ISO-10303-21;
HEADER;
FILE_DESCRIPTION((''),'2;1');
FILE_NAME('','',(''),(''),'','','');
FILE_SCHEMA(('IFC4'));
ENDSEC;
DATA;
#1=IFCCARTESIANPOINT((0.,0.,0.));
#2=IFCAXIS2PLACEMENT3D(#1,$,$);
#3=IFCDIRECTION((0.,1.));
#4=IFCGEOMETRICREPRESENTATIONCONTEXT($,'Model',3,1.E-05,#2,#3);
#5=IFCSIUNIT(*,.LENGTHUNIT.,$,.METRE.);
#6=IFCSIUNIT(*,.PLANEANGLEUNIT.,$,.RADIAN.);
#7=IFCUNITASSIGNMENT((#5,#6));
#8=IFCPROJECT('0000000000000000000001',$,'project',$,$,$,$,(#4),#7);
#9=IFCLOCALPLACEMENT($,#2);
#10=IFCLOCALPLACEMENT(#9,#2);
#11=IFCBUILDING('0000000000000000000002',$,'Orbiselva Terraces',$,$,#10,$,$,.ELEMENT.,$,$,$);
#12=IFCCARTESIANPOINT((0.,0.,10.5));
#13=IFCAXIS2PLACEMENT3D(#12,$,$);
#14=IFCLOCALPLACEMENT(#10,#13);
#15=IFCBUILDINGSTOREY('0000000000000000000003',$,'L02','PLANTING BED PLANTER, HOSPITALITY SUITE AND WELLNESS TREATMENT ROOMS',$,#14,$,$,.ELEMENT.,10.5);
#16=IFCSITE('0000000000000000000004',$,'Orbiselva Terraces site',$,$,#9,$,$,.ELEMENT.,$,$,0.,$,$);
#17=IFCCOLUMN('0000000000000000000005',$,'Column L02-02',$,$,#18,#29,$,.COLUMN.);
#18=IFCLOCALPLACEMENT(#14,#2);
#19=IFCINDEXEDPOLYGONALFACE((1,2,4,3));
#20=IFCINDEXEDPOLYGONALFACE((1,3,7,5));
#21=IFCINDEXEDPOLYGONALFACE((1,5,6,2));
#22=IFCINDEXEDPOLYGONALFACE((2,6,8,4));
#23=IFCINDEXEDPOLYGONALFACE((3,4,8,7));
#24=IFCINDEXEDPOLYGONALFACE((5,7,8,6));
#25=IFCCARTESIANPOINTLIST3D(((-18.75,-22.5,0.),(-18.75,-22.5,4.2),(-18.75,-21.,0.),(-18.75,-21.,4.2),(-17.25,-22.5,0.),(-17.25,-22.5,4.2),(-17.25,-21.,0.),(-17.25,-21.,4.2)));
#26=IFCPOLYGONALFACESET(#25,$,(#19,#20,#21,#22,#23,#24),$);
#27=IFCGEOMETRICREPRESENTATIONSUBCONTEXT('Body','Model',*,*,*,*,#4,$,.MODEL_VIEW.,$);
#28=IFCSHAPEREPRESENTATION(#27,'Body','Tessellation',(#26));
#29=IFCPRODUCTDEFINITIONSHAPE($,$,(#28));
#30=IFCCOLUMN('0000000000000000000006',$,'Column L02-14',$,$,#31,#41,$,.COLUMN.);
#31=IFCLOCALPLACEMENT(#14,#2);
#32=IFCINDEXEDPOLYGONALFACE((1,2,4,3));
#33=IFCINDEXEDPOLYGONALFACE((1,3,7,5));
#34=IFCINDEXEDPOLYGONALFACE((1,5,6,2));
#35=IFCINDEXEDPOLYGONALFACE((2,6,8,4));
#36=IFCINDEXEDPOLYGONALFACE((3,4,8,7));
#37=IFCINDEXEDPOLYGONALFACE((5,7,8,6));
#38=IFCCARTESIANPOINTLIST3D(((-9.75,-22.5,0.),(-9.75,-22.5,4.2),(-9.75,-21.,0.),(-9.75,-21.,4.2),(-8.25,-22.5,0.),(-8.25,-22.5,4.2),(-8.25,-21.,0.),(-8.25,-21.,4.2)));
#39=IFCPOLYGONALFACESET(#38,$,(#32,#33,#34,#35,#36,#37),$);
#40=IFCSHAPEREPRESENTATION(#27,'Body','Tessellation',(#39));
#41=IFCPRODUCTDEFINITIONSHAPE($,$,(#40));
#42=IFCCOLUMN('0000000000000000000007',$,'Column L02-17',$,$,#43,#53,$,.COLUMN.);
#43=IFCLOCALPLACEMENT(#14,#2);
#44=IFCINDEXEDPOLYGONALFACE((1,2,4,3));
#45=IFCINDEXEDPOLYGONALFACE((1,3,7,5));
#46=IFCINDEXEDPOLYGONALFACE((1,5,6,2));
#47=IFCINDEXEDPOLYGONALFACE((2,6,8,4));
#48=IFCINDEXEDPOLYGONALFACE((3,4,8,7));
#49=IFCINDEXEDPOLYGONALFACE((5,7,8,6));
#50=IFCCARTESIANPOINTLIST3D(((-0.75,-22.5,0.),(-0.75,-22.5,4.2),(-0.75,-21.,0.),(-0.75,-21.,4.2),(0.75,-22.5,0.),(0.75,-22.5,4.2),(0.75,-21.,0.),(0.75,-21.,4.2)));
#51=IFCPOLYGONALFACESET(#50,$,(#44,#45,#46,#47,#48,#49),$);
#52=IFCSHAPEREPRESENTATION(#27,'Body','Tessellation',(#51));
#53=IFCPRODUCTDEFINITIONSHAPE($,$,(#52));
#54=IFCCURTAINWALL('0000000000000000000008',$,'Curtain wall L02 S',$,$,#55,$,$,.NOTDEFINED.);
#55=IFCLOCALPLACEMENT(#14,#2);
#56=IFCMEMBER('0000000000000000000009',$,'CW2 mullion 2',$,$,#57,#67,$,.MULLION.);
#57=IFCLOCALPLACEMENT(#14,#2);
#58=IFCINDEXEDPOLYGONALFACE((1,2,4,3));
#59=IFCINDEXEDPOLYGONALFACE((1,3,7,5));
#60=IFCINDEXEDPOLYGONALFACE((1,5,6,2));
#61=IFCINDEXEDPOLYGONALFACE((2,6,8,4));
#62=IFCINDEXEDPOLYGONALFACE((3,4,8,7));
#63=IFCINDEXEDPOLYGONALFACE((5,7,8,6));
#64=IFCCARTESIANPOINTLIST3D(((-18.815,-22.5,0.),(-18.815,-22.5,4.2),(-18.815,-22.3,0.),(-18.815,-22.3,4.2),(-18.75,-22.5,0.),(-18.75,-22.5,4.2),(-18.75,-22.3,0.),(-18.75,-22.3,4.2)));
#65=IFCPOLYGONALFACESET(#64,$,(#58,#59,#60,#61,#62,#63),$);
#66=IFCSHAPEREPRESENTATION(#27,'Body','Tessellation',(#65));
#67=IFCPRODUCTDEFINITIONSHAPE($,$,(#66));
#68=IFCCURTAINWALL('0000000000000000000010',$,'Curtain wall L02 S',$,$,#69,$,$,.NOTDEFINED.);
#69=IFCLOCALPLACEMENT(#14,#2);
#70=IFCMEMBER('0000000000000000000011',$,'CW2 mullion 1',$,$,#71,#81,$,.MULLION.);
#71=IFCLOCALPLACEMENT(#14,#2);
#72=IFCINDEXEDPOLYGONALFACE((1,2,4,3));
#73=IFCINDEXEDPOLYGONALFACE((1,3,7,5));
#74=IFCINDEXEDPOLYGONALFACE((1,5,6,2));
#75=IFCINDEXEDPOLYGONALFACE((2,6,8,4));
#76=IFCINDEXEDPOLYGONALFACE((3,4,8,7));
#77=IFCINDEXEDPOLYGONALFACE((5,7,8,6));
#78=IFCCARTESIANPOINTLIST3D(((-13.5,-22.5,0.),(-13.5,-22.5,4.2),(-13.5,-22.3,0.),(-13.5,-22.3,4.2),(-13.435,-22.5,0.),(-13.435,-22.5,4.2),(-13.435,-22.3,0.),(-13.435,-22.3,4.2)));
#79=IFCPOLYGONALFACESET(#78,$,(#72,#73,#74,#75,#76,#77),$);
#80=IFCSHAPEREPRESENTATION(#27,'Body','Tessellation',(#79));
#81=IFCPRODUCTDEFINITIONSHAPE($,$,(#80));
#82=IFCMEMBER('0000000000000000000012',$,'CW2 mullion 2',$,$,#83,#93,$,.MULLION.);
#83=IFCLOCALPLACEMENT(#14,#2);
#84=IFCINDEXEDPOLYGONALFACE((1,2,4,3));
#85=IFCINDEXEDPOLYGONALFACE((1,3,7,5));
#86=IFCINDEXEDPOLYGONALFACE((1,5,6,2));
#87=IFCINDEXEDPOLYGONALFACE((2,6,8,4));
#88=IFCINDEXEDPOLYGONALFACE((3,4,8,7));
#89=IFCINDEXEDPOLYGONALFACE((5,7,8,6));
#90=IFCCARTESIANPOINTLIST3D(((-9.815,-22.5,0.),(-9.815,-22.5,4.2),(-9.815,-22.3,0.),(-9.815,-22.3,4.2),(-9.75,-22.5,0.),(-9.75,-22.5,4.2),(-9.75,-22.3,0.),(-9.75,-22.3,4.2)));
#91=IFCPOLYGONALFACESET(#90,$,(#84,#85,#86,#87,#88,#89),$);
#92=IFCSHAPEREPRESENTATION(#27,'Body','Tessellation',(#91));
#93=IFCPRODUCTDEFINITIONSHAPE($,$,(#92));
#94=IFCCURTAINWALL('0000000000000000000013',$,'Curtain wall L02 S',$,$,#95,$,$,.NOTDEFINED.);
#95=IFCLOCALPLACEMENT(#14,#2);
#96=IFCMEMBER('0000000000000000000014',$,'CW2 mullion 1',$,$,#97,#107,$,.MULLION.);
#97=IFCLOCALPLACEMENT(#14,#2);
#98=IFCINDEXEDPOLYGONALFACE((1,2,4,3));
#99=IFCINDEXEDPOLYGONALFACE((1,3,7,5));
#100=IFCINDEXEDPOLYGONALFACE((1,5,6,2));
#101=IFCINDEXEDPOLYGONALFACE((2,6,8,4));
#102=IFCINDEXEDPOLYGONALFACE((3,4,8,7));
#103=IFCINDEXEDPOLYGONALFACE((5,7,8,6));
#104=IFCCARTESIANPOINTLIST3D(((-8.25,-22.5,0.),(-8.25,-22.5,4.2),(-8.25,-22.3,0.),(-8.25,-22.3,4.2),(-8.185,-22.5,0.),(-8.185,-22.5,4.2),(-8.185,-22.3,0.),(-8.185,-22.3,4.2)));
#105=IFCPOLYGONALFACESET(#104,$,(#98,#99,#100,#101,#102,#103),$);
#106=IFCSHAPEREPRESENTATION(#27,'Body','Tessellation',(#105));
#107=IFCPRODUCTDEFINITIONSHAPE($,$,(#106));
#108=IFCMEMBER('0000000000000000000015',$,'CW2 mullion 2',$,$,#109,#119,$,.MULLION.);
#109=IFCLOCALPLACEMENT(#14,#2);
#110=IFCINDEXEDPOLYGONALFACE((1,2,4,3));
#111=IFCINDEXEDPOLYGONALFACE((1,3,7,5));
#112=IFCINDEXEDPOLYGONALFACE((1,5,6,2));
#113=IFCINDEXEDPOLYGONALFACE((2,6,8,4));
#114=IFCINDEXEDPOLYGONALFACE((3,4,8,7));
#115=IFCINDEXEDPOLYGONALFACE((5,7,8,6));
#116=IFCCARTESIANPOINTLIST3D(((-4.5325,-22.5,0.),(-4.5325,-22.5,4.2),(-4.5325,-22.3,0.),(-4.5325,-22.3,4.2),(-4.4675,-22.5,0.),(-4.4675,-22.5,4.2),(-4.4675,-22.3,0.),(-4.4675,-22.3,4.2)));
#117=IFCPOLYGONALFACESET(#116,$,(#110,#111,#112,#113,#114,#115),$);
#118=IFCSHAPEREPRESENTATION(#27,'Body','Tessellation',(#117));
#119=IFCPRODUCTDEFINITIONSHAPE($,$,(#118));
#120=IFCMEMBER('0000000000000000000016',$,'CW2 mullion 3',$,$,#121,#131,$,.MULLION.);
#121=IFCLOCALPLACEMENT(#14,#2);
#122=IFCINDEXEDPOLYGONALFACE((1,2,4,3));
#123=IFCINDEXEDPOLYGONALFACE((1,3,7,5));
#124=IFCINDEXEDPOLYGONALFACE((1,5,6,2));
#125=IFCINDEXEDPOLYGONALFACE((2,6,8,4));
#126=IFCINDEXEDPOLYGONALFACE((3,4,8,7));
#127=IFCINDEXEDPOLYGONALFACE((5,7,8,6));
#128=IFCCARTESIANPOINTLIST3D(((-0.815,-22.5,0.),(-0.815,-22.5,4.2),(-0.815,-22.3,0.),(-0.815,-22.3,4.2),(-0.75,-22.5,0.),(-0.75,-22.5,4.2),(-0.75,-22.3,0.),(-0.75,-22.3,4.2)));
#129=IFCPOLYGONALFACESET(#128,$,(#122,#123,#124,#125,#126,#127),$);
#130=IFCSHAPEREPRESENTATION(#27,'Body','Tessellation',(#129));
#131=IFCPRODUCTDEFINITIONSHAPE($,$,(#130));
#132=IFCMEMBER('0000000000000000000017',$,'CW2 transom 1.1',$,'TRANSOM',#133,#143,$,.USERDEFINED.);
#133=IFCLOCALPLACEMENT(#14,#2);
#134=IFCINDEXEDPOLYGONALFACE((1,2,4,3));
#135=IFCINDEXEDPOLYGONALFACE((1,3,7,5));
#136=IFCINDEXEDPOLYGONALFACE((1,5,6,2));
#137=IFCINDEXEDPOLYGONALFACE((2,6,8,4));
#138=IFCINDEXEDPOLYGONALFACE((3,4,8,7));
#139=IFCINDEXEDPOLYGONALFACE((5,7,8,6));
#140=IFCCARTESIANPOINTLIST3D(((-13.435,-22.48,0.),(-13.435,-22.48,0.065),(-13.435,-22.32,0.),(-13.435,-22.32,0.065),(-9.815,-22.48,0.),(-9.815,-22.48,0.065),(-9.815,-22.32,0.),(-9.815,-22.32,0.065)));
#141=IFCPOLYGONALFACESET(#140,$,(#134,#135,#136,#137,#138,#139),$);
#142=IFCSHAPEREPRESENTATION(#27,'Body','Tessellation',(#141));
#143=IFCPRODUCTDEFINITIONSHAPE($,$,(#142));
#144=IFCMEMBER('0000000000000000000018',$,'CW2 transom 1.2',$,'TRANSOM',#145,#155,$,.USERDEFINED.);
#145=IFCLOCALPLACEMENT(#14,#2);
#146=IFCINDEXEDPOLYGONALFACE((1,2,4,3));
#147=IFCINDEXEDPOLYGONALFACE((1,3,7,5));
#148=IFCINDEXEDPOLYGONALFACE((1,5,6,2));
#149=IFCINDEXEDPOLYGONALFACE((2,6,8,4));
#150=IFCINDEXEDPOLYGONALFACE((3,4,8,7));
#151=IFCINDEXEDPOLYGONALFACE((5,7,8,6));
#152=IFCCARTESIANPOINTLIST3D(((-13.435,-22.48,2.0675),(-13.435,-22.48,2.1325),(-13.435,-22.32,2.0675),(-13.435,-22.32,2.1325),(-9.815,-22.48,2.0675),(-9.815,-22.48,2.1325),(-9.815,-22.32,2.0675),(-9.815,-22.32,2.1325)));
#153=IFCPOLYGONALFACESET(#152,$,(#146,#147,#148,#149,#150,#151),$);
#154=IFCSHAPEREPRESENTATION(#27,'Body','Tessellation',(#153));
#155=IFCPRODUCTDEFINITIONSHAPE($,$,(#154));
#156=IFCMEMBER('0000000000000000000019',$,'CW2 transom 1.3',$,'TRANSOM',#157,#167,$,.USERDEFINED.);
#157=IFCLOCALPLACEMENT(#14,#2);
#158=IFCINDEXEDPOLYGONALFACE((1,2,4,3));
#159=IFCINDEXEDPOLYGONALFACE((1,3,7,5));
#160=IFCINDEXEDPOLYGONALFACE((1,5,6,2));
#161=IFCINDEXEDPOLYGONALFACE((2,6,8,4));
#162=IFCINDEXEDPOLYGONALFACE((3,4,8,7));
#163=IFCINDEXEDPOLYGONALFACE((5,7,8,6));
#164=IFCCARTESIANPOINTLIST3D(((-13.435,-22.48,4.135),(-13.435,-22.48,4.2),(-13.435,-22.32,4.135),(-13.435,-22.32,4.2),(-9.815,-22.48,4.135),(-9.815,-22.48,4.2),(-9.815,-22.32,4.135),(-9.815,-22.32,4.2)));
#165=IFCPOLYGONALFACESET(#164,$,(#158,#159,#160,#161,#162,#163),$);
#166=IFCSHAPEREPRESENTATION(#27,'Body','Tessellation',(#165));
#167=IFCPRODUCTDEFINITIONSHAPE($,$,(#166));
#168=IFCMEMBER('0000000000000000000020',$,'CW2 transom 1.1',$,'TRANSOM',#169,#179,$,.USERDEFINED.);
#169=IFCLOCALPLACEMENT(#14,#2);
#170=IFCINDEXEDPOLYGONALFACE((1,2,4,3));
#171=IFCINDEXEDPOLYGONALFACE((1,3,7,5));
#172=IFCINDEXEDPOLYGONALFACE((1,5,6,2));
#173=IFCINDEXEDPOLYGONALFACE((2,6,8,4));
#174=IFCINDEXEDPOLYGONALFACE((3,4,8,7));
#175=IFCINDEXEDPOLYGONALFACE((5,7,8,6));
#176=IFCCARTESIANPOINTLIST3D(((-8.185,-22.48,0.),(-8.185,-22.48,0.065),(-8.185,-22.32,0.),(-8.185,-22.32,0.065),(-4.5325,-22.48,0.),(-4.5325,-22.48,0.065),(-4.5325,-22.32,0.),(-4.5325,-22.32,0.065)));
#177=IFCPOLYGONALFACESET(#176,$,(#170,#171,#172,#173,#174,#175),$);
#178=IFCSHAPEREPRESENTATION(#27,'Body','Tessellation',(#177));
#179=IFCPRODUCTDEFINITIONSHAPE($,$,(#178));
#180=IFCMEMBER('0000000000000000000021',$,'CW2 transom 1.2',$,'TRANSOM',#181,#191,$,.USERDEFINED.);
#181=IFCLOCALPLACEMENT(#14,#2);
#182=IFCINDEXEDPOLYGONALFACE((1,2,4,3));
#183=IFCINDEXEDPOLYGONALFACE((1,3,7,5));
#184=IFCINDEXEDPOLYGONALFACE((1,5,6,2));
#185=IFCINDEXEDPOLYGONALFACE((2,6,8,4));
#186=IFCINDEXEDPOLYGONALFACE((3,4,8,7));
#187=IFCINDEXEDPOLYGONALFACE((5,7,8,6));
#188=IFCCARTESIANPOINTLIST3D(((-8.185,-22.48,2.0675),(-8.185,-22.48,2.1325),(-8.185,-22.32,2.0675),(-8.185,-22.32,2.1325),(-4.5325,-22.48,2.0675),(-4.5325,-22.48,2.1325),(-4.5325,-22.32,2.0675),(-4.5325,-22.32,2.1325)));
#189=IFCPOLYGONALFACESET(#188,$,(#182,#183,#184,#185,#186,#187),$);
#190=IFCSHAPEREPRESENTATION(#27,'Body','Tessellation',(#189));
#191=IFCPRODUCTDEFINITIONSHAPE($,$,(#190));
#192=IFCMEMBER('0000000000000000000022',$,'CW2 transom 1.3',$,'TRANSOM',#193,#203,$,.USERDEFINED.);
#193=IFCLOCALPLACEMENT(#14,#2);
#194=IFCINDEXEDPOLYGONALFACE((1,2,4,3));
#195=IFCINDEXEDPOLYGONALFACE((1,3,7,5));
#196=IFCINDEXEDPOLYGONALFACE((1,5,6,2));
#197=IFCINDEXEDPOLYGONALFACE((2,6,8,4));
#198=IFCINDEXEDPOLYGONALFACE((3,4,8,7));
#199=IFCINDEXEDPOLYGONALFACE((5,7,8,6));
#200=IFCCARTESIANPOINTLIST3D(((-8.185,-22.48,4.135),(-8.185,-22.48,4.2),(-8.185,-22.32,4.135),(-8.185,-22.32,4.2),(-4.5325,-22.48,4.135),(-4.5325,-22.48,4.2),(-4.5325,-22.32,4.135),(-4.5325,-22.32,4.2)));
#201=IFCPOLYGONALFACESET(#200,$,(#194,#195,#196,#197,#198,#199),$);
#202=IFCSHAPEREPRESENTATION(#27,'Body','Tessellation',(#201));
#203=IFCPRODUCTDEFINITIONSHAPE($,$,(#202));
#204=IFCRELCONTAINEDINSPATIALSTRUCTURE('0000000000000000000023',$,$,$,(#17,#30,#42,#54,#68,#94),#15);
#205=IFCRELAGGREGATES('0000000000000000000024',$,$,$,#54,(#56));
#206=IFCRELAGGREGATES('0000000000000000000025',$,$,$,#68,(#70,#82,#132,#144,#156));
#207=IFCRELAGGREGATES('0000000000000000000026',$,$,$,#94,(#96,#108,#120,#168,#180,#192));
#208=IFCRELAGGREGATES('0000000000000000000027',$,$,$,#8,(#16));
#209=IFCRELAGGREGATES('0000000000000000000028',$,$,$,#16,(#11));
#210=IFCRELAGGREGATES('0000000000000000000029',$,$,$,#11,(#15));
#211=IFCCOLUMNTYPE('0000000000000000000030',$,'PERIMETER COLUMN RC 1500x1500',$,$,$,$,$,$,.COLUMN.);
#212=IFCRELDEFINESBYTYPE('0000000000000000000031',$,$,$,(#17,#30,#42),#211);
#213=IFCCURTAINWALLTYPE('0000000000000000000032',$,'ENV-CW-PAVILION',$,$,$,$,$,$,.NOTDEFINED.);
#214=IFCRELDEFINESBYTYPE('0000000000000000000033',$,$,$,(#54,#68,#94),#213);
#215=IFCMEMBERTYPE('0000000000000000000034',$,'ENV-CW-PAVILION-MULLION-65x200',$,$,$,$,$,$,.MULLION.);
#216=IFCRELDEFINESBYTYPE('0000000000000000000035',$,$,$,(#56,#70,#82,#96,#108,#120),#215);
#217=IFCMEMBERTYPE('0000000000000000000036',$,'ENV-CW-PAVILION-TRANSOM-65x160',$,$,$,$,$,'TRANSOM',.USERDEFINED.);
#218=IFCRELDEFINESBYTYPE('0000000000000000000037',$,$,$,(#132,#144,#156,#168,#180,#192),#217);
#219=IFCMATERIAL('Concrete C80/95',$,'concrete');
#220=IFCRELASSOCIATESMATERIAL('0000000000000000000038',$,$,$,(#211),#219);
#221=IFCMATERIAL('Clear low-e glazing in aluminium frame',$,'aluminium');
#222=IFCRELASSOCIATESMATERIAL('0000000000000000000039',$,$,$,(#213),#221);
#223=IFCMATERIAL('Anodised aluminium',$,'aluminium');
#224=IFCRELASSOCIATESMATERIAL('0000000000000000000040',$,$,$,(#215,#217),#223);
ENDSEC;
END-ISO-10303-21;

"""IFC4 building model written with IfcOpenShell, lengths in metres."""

from ifc_helpers import new_model, si_unit, direction, frame, origin, origin_2d, place, context, subcontext, project, spatial, rectangle, extrude, material, material_profile, profile_set, type_object, element, aggregate, save


model = new_model("IFC4")

# Units and contexts
model_context = context("Model", 3, precision=1e-05, world=origin(), true_north=direction((0.0, 1.0)))
body_context = subcontext(model_context, "Body", "Model", "MODEL_VIEW")
ifc_project = project(units=[si_unit("LENGTHUNIT", "METRE"), si_unit("PLANEANGLEUNIT", "RADIAN")], contexts=[model_context])

# Site, building, storey
site_placement = place(None, origin())
site = spatial("IfcSite", under=ifc_project, at=site_placement, Name="Orbiselva Terraces site", CompositionType="ELEMENT", RefElevation=0.0)
building_placement = place(site_placement, origin())
building = spatial("IfcBuilding", under=site, at=building_placement, Name="Orbiselva Terraces", CompositionType="ELEMENT")
storey_placement = place(building_placement, frame((0.0, 0.0, 10.5)))
storey = spatial("IfcBuildingStorey", under=building, at=storey_placement, Name="L02", Description="PLANTING BED PLANTER, HOSPITALITY SUITE AND WELLNESS TREATMENT ROOMS", CompositionType="ELEMENT", Elevation=10.5)

# Columns
ifc_material_1 = material(Name="Concrete C80/95", Category="concrete")
ifc_material_profile_1 = material_profile(ifc_material_1, rectangle(XDim=1.5, YDim=1.5, at=origin_2d()), Name="RC 1500x1500")
ifc_profile_set_1 = profile_set([ifc_material_profile_1], Name="Concrete C80/95")
column_type = type_object("IfcColumnType", Name="PERIMETER COLUMN RC 1500x1500", PredefinedType="COLUMN", material=ifc_profile_set_1)
for number, where, z_axis, x_axis, name in (
    (1, (-18.0, -21.75, 0.0), (0.0, 0.0, 1.0), (1.0, 0.0, 0.0), "Column L02-02"),
    (2, (-9.0, -21.75, 0.0), (0.0, 0.0, 1.0), (1.0, 0.0, 0.0), "Column L02-14"),
    (3, (0.0, -21.75, 0.0), (0.0, 0.0, 1.0), (1.0, 0.0, 0.0), "Column L02-17"),
):
    element("IfcColumn", number, at=place(storey_placement, frame(where, z_axis=z_axis, x_axis=x_axis)), inside=storey, type_object=column_type, Name=name, PredefinedType="COLUMN", context=body_context, shape_type="SweptSolid", body=[
        extrude(rectangle(XDim=1.5, YDim=1.5, at=origin_2d()), origin(), (0.0, 0.0, 1.0), 4.2),
    ])

# Curtain wall, member
ifc_material_2 = material(Name="Clear low-e glazing in aluminium frame", Category="aluminium")
curtain_wall_type = type_object("IfcCurtainWallType", Name="ENV-CW-PAVILION", PredefinedType="NOTDEFINED", material=ifc_material_2)
curtain_wall_1_placement = place(storey_placement, origin())
curtain_wall_1 = element("IfcCurtainWall", 4, at=curtain_wall_1_placement, inside=storey, type_object=curtain_wall_type, Name="Curtain wall L02 S", PredefinedType="NOTDEFINED")
ifc_material_3 = material(Name="Anodised aluminium", Category="aluminium")
ifc_material_profile_2 = material_profile(ifc_material_3, rectangle(XDim=0.2, YDim=0.065, at=origin_2d()), Name="AL 65x200")
ifc_profile_set_2 = profile_set([ifc_material_profile_2], Name="Anodised aluminium")
member_type_1 = type_object("IfcMemberType", Name="ENV-CW-PAVILION-MULLION-65x200", PredefinedType="MULLION", material=ifc_profile_set_2)
member_1_placement = place(storey_placement, frame((-18.7825, -22.4, 0.0), z_axis=(0.0, 0.0, 1.0), x_axis=(0.0, 1.0, 0.0)))
member_1 = element("IfcMember", 5, at=member_1_placement, type_object=member_type_1, Name="CW2 mullion 2", PredefinedType="MULLION", context=body_context, shape_type="SweptSolid", body=[
    extrude(rectangle(XDim=0.2, YDim=0.065, at=origin_2d()), origin(), (0.0, 0.0, 1.0), 4.2),
])

# Curtain walls, members
curtain_wall_2_placement = place(storey_placement, origin())
curtain_wall_2 = element("IfcCurtainWall", 6, at=curtain_wall_2_placement, inside=storey, type_object=curtain_wall_type, Name="Curtain wall L02 S", PredefinedType="NOTDEFINED")
member_2_placement = place(storey_placement, frame((-13.4675, -22.4, 0.0), z_axis=(0.0, 0.0, 1.0), x_axis=(0.0, 1.0, 0.0)))
member_2 = element("IfcMember", 7, at=member_2_placement, type_object=member_type_1, Name="CW2 mullion 1", PredefinedType="MULLION", context=body_context, shape_type="SweptSolid", body=[
    extrude(rectangle(XDim=0.2, YDim=0.065, at=origin_2d()), origin(), (0.0, 0.0, 1.0), 4.2),
])
member_3_placement = place(storey_placement, frame((-9.7825, -22.4, 0.0), z_axis=(0.0, 0.0, 1.0), x_axis=(0.0, 1.0, 0.0)))
member_3 = element("IfcMember", 8, at=member_3_placement, type_object=member_type_1, Name="CW2 mullion 2", PredefinedType="MULLION", context=body_context, shape_type="SweptSolid", body=[
    extrude(rectangle(XDim=0.2, YDim=0.065, at=origin_2d()), origin(), (0.0, 0.0, 1.0), 4.2),
])
curtain_wall_3_placement = place(storey_placement, origin())
curtain_wall_3 = element("IfcCurtainWall", 9, at=curtain_wall_3_placement, inside=storey, type_object=curtain_wall_type, Name="Curtain wall L02 S", PredefinedType="NOTDEFINED")
member_4_placement = place(storey_placement, frame((-8.2175, -22.4, 0.0), z_axis=(0.0, 0.0, 1.0), x_axis=(0.0, 1.0, 0.0)))
member_4 = element("IfcMember", 10, at=member_4_placement, type_object=member_type_1, Name="CW2 mullion 1", PredefinedType="MULLION", context=body_context, shape_type="SweptSolid", body=[
    extrude(rectangle(XDim=0.2, YDim=0.065, at=origin_2d()), origin(), (0.0, 0.0, 1.0), 4.2),
])
member_5_placement = place(storey_placement, frame((-4.5, -22.4, 0.0), z_axis=(0.0, 0.0, 1.0), x_axis=(0.0, 1.0, 0.0)))
member_5 = element("IfcMember", 11, at=member_5_placement, type_object=member_type_1, Name="CW2 mullion 2", PredefinedType="MULLION", context=body_context, shape_type="SweptSolid", body=[
    extrude(rectangle(XDim=0.2, YDim=0.065, at=origin_2d()), origin(), (0.0, 0.0, 1.0), 4.2),
])
member_6_placement = place(storey_placement, frame((-0.7825, -22.4, 0.0), z_axis=(0.0, 0.0, 1.0), x_axis=(0.0, 1.0, 0.0)))
member_6 = element("IfcMember", 12, at=member_6_placement, type_object=member_type_1, Name="CW2 mullion 3", PredefinedType="MULLION", context=body_context, shape_type="SweptSolid", body=[
    extrude(rectangle(XDim=0.2, YDim=0.065, at=origin_2d()), origin(), (0.0, 0.0, 1.0), 4.2),
])

# Members
ifc_material_profile_3 = material_profile(ifc_material_3, rectangle(XDim=0.16, YDim=0.065, at=origin_2d()), Name="AL 65x160")
ifc_profile_set_3 = profile_set([ifc_material_profile_3], Name="Anodised aluminium")
member_type_2 = type_object("IfcMemberType", Name="ENV-CW-PAVILION-TRANSOM-65x160", ElementType="TRANSOM", PredefinedType="USERDEFINED", material=ifc_profile_set_3)
member_7_placement = place(storey_placement, frame((-13.435, -22.4, 0.0325), z_axis=(1.0, 0.0, 0.0), x_axis=(0.0, 1.0, 0.0)))
member_7 = element("IfcMember", 13, at=member_7_placement, type_object=member_type_2, Name="CW2 transom 1.1", ObjectType="TRANSOM", PredefinedType="USERDEFINED", context=body_context, shape_type="SweptSolid", body=[
    extrude(rectangle(XDim=0.16, YDim=0.065, at=origin_2d()), origin(), (0.0, 0.0, 1.0), 3.62),
])
member_8_placement = place(storey_placement, frame((-13.435, -22.4, 2.1), z_axis=(1.0, 0.0, 0.0), x_axis=(0.0, 1.0, 0.0)))
member_8 = element("IfcMember", 14, at=member_8_placement, type_object=member_type_2, Name="CW2 transom 1.2", ObjectType="TRANSOM", PredefinedType="USERDEFINED", context=body_context, shape_type="SweptSolid", body=[
    extrude(rectangle(XDim=0.16, YDim=0.065, at=origin_2d()), origin(), (0.0, 0.0, 1.0), 3.62),
])
member_9_placement = place(storey_placement, frame((-13.435, -22.4, 4.1675), z_axis=(1.0, 0.0, 0.0), x_axis=(0.0, 1.0, 0.0)))
member_9 = element("IfcMember", 15, at=member_9_placement, type_object=member_type_2, Name="CW2 transom 1.3", ObjectType="TRANSOM", PredefinedType="USERDEFINED", context=body_context, shape_type="SweptSolid", body=[
    extrude(rectangle(XDim=0.16, YDim=0.065, at=origin_2d()), origin(), (0.0, 0.0, 1.0), 3.62),
])
member_10_placement = place(storey_placement, frame((-8.185, -22.4, 0.0325), z_axis=(1.0, 0.0, 0.0), x_axis=(0.0, 1.0, 0.0)))
member_10 = element("IfcMember", 16, at=member_10_placement, type_object=member_type_2, Name="CW2 transom 1.1", ObjectType="TRANSOM", PredefinedType="USERDEFINED", context=body_context, shape_type="SweptSolid", body=[
    extrude(rectangle(XDim=0.16, YDim=0.065, at=origin_2d()), origin(), (0.0, 0.0, 1.0), 3.6525),
])
member_11_placement = place(storey_placement, frame((-8.185, -22.4, 2.1), z_axis=(1.0, 0.0, 0.0), x_axis=(0.0, 1.0, 0.0)))
member_11 = element("IfcMember", 17, at=member_11_placement, type_object=member_type_2, Name="CW2 transom 1.2", ObjectType="TRANSOM", PredefinedType="USERDEFINED", context=body_context, shape_type="SweptSolid", body=[
    extrude(rectangle(XDim=0.16, YDim=0.065, at=origin_2d()), origin(), (0.0, 0.0, 1.0), 3.6525),
])
member_12_placement = place(storey_placement, frame((-8.185, -22.4, 4.1675), z_axis=(1.0, 0.0, 0.0), x_axis=(0.0, 1.0, 0.0)))
member_12 = element("IfcMember", 18, at=member_12_placement, type_object=member_type_2, Name="CW2 transom 1.3", ObjectType="TRANSOM", PredefinedType="USERDEFINED", context=body_context, shape_type="SweptSolid", body=[
    extrude(rectangle(XDim=0.16, YDim=0.065, at=origin_2d()), origin(), (0.0, 0.0, 1.0), 3.6525),
])

aggregate(curtain_wall_1, [member_1])
aggregate(curtain_wall_2, [member_2, member_3, member_7, member_8, member_9])
aggregate(curtain_wall_3, [member_4, member_5, member_6, member_10, member_11, member_12])

save(model, "model.ifc")
